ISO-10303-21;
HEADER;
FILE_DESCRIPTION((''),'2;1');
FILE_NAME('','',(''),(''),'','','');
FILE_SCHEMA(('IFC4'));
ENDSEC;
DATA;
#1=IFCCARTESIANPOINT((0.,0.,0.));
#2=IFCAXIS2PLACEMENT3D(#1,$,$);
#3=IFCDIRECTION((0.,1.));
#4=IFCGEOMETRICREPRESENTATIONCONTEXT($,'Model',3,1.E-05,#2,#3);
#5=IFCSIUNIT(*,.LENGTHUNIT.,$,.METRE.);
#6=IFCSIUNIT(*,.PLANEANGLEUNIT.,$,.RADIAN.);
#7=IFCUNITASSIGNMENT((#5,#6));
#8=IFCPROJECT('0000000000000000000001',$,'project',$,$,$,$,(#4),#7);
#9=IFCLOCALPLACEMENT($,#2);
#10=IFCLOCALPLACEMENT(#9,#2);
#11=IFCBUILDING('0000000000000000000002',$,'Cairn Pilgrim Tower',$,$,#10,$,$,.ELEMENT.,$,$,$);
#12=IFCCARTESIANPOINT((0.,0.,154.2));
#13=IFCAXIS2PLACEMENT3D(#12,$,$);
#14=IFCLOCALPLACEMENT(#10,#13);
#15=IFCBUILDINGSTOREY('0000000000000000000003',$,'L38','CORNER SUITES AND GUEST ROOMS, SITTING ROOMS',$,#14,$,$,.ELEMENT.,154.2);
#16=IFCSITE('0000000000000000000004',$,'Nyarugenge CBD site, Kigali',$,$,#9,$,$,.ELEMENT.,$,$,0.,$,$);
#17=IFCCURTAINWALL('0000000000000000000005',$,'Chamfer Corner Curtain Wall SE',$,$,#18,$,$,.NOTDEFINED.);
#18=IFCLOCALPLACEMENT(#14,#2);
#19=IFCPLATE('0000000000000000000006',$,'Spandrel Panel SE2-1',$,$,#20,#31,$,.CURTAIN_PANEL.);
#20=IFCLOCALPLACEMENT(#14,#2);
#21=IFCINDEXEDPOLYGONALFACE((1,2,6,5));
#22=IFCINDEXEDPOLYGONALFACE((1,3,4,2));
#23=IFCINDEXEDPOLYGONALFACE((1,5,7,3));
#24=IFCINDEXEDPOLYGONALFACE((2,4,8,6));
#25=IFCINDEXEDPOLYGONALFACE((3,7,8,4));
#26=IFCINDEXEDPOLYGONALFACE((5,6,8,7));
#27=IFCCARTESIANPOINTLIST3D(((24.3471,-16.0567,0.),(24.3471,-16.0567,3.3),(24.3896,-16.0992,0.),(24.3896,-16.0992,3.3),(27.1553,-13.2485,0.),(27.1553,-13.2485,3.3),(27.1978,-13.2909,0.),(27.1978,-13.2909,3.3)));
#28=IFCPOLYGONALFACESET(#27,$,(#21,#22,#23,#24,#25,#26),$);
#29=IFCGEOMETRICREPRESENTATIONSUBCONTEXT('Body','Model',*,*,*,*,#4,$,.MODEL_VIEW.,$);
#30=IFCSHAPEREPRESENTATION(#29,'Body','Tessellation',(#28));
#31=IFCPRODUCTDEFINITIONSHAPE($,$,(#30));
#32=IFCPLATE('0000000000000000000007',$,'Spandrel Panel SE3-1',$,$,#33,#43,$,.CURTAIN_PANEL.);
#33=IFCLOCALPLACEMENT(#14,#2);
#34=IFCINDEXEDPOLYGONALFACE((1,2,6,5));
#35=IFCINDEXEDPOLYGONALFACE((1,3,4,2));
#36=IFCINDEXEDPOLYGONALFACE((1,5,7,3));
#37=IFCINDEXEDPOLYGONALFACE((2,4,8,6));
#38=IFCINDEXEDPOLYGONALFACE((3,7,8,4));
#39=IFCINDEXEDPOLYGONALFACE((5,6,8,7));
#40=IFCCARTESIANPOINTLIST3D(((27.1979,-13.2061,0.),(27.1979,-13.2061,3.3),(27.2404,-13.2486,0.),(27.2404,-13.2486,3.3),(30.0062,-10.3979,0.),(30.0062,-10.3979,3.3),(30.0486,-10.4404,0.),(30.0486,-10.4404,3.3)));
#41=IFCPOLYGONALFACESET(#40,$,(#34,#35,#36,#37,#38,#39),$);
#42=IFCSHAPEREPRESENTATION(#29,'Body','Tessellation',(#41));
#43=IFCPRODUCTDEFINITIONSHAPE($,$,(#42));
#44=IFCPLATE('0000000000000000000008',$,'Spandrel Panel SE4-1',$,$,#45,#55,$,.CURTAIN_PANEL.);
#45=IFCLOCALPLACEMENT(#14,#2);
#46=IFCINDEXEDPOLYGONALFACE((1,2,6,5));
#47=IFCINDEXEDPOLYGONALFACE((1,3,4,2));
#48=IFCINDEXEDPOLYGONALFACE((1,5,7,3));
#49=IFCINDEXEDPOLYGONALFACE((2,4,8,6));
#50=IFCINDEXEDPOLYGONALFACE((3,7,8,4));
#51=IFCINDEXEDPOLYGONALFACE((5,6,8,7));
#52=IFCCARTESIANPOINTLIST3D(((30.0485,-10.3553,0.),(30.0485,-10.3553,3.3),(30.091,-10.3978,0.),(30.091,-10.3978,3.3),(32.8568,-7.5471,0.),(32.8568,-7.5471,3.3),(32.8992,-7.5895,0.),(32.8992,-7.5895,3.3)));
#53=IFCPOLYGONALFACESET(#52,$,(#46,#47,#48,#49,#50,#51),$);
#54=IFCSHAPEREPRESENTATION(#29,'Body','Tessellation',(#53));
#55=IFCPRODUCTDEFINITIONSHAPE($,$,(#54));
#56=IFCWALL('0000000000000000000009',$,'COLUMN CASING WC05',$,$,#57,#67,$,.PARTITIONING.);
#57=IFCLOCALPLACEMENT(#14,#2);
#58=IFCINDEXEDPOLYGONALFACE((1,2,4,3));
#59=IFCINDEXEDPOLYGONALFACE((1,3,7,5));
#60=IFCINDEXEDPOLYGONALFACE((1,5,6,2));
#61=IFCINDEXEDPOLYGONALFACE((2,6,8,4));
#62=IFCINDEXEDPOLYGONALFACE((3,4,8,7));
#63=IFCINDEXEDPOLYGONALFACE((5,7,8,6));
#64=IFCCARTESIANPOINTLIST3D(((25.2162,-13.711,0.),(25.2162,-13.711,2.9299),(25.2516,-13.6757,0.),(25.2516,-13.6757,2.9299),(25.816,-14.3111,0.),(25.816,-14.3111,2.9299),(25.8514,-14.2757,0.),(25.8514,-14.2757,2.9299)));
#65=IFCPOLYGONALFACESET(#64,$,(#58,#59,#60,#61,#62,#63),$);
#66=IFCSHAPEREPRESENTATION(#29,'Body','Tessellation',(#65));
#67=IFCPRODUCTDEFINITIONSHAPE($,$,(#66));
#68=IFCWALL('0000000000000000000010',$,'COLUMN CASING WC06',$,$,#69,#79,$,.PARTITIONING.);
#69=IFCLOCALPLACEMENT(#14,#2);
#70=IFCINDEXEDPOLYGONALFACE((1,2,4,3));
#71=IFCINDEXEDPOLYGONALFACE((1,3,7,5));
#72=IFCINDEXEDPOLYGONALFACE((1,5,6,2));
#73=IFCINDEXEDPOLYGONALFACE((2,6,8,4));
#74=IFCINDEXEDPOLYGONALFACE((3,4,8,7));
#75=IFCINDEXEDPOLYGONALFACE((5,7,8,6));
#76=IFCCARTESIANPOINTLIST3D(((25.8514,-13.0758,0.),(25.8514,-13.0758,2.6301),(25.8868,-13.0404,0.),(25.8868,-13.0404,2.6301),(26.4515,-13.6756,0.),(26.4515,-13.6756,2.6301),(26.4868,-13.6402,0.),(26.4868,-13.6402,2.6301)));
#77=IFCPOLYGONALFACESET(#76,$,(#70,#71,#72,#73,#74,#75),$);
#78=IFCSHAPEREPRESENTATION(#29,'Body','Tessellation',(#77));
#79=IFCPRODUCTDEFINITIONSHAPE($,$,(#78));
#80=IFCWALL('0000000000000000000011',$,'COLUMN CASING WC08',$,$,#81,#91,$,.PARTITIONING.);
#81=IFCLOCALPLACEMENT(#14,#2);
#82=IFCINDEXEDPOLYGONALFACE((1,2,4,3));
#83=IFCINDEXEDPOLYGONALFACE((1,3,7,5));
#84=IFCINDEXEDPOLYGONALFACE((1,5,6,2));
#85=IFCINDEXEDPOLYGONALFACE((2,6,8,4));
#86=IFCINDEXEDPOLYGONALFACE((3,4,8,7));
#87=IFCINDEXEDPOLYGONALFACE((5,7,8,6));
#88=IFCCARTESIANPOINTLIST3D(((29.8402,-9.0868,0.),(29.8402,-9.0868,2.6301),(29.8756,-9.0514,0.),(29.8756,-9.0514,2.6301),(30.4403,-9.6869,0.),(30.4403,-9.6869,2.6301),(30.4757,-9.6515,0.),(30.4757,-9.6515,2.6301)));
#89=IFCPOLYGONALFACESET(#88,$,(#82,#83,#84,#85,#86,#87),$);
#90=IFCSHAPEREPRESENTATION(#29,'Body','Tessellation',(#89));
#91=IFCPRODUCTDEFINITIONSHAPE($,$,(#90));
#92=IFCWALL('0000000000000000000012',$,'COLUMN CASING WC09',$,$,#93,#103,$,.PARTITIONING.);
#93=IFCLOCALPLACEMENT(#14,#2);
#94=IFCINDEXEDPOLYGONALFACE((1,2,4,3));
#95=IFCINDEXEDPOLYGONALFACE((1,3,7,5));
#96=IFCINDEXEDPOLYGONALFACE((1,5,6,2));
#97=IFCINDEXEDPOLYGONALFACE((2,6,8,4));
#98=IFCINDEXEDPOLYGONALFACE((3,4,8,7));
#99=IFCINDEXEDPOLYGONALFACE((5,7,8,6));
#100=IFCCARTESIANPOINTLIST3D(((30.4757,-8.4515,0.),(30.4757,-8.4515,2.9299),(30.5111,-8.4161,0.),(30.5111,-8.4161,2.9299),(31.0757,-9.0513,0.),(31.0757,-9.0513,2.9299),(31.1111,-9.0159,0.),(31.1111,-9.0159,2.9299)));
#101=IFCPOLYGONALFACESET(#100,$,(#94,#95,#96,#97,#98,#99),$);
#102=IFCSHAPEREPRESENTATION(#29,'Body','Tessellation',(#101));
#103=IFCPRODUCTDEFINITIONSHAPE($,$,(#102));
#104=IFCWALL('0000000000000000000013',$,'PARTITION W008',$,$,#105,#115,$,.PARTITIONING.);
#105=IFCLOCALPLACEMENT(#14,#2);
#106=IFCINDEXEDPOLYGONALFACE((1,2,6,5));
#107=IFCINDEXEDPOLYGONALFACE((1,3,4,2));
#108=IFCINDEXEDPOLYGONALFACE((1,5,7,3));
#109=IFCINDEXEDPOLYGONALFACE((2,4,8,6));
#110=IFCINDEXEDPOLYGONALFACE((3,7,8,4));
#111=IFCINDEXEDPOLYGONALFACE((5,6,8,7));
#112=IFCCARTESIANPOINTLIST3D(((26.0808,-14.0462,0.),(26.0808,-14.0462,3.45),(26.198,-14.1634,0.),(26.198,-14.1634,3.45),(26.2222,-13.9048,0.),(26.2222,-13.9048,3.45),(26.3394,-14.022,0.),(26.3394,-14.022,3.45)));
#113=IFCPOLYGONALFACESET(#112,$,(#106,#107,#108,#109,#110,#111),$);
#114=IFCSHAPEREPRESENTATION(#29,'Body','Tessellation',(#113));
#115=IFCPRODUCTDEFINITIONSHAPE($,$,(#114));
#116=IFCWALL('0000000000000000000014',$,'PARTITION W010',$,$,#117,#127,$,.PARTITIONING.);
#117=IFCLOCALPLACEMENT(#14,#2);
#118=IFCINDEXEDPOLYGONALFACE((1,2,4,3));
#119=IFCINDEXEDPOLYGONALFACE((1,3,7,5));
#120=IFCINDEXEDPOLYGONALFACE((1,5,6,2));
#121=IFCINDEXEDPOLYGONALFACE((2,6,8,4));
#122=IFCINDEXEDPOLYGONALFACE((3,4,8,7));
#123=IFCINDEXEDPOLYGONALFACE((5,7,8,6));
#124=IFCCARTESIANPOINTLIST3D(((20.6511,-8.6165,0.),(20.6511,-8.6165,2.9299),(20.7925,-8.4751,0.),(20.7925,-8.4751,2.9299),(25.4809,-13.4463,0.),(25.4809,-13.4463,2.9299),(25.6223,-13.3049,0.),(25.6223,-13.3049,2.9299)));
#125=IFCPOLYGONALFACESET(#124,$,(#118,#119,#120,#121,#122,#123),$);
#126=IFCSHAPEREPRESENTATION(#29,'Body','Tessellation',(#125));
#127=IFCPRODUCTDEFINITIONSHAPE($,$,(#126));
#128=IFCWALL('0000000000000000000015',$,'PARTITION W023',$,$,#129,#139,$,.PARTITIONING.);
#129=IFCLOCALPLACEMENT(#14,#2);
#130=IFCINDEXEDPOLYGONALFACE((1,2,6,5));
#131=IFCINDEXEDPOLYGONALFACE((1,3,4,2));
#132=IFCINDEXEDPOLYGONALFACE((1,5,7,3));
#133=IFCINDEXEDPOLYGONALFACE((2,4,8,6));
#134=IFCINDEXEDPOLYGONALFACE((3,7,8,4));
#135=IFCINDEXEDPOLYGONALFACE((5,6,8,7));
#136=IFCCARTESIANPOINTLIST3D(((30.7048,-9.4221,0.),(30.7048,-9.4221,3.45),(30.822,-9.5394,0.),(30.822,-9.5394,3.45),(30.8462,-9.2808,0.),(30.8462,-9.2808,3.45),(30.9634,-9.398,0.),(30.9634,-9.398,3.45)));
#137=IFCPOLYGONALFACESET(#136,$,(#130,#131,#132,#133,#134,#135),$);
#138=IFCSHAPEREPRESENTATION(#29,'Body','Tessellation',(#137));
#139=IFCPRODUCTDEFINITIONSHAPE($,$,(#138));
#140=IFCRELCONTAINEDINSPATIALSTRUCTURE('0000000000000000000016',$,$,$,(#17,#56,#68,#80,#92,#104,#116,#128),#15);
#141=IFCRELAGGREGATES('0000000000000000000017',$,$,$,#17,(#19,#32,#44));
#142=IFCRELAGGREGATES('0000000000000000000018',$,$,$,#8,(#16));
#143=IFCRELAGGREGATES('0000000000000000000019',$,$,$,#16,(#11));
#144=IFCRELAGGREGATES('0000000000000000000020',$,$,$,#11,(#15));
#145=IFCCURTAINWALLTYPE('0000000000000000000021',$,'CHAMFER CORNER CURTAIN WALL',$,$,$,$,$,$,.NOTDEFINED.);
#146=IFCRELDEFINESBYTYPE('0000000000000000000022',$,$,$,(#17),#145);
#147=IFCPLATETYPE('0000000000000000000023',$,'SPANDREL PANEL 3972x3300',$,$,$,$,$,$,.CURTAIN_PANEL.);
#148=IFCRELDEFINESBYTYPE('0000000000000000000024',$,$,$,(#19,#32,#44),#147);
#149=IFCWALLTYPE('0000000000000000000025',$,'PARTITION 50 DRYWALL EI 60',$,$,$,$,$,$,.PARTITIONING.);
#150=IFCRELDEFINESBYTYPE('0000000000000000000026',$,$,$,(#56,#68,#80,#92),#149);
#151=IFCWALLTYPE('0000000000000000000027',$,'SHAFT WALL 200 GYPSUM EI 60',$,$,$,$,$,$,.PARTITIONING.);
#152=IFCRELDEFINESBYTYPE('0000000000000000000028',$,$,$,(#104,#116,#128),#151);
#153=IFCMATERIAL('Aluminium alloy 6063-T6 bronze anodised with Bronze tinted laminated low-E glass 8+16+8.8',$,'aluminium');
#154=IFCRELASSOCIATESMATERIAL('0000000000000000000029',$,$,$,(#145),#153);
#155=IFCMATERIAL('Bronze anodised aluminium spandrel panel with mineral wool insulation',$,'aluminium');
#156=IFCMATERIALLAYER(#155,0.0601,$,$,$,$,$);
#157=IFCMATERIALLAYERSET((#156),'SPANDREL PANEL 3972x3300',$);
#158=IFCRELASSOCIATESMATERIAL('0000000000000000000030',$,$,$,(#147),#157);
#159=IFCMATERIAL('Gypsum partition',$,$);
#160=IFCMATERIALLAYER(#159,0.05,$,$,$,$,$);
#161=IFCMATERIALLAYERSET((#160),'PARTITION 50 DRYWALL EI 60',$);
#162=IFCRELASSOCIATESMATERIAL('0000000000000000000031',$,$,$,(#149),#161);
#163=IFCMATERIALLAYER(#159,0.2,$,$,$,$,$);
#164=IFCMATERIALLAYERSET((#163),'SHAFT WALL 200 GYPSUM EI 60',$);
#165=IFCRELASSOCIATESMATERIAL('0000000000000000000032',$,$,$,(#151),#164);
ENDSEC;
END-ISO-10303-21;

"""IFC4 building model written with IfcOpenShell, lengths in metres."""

from ifc_helpers import new_model, si_unit, direction, frame, frame_2d, origin, origin_2d, place, context, subcontext, project, spatial, rectangle, extrude, material, layer, layer_set, type_object, element, aggregate, save


model = new_model("IFC4")

# Units and contexts
model_context = context("Model", 3, precision=1e-05, world=origin(), true_north=direction((0.0, 1.0)))
body_context = subcontext(model_context, "Body", "Model", "MODEL_VIEW")
ifc_project = project(units=[si_unit("LENGTHUNIT", "METRE"), si_unit("PLANEANGLEUNIT", "RADIAN")], contexts=[model_context])

# Site, building, storey
site_placement = place(None, origin())
site = spatial("IfcSite", under=ifc_project, at=site_placement, Name="Nyarugenge CBD site, Kigali", CompositionType="ELEMENT", RefElevation=0.0)
building_placement = place(site_placement, origin())
building = spatial("IfcBuilding", under=site, at=building_placement, Name="Cairn Pilgrim Tower", CompositionType="ELEMENT")
storey_placement = place(building_placement, frame((0.0, 0.0, 154.2)))
storey = spatial("IfcBuildingStorey", under=building, at=storey_placement, Name="L38", Description="CORNER SUITES AND GUEST ROOMS, SITTING ROOMS", CompositionType="ELEMENT", Elevation=154.2)

# Curtain wall
ifc_material_1 = material(Name="Aluminium alloy 6063-T6 bronze anodised with Bronze tinted laminated low-E glass 8+16+8.8", Category="aluminium")
curtain_wall_type = type_object("IfcCurtainWallType", Name="CHAMFER CORNER CURTAIN WALL", PredefinedType="NOTDEFINED", material=ifc_material_1)
curtain_wall_placement = place(storey_placement, origin())
curtain_wall = element("IfcCurtainWall", 1, at=curtain_wall_placement, inside=storey, type_object=curtain_wall_type, Name="Chamfer Corner Curtain Wall SE", PredefinedType="NOTDEFINED")

# Plates
ifc_material_2 = material(Name="Bronze anodised aluminium spandrel panel with mineral wool insulation", Category="aluminium")
ifc_layer_1 = layer(ifc_material_2, 0.0601)
ifc_layer_set_1 = layer_set([ifc_layer_1], Name="SPANDREL PANEL 3972x3300")
plate_type = type_object("IfcPlateType", Name="SPANDREL PANEL 3972x3300", PredefinedType="CURTAIN_PANEL", material=ifc_layer_set_1)
plate_1_placement = place(storey_placement, frame((25.7725, -14.6738, 0.0), z_axis=(0.0, 0.0, 1.0), x_axis=(0.707107, 0.707107, 0.0)))
plate_1 = element("IfcPlate", 2, at=plate_1_placement, type_object=plate_type, Name="Spandrel Panel SE2-1", PredefinedType="CURTAIN_PANEL", context=body_context, shape_type="SweptSolid", body=[
    extrude(rectangle(XDim=3.9714, YDim=0.0601, at=origin_2d()), origin(), (0.0, 0.0, 1.0), 3.3),
])
plate_2_placement = place(storey_placement, frame((28.6233, -11.8232, 0.0), z_axis=(0.0, 0.0, 1.0), x_axis=(0.707107, 0.707107, 0.0)))
plate_2 = element("IfcPlate", 3, at=plate_2_placement, type_object=plate_type, Name="Spandrel Panel SE3-1", PredefinedType="CURTAIN_PANEL", context=body_context, shape_type="SweptSolid", body=[
    extrude(rectangle(XDim=3.9714, YDim=0.0601, at=origin_2d()), origin(), (0.0, 0.0, 1.0), 3.3),
])
plate_3_placement = place(storey_placement, frame((31.4739, -8.9724, 0.0), z_axis=(0.0, 0.0, 1.0), x_axis=(0.707107, 0.707107, 0.0)))
plate_3 = element("IfcPlate", 4, at=plate_3_placement, type_object=plate_type, Name="Spandrel Panel SE4-1", PredefinedType="CURTAIN_PANEL", context=body_context, shape_type="SweptSolid", body=[
    extrude(rectangle(XDim=3.9714, YDim=0.0601, at=origin_2d()), origin(), (0.0, 0.0, 1.0), 3.3),
])
aggregate(curtain_wall, [plate_1, plate_2, plate_3])

# Walls
ifc_material_3 = material(Name="Gypsum partition")
ifc_layer_2 = layer(ifc_material_3, 0.05)
ifc_layer_set_2 = layer_set([ifc_layer_2], Name="PARTITION 50 DRYWALL EI 60")
wall_type_1 = type_object("IfcWallType", Name="PARTITION 50 DRYWALL EI 60", PredefinedType="PARTITIONING", material=ifc_layer_set_2)
wall_1_placement = place(storey_placement, frame((25.8337, -14.2935, 0.0), z_axis=(0.0, 0.0, 1.0), x_axis=(-0.706963, 0.707251, 0.0)))
element("IfcWall", 5, at=wall_1_placement, inside=storey, type_object=wall_type_1, Name="COLUMN CASING WC05", PredefinedType="PARTITIONING", context=body_context, shape_type="SweptSolid", body=[
    extrude(rectangle(XDim=0.8484, YDim=0.05, at=frame_2d((0.4243, 0.0))), origin(), (0.0, 0.0, 1.0), 2.9299),
])
wall_2_placement = place(storey_placement, frame((26.4692, -13.658, 0.0), z_axis=(0.0, 0.0, 1.0), x_axis=(-0.707251, 0.706963, 0.0)))
element("IfcWall", 6, at=wall_2_placement, inside=storey, type_object=wall_type_1, Name="COLUMN CASING WC06", PredefinedType="PARTITIONING", context=body_context, shape_type="SweptSolid", body=[
    extrude(rectangle(XDim=0.8484, YDim=0.05, at=frame_2d((0.4243, 0.0))), origin(), (0.0, 0.0, 1.0), 2.6301),
])
wall_3_placement = place(storey_placement, frame((30.458, -9.6692, 0.0), z_axis=(0.0, 0.0, 1.0), x_axis=(-0.707107, 0.707107, 0.0)))
element("IfcWall", 7, at=wall_3_placement, inside=storey, type_object=wall_type_1, Name="COLUMN CASING WC08", PredefinedType="PARTITIONING", context=body_context, shape_type="SweptSolid", body=[
    extrude(rectangle(XDim=0.8486, YDim=0.05, at=frame_2d((0.4243, 0.0))), origin(), (0.0, 0.0, 1.0), 2.6301),
])
wall_4_placement = place(storey_placement, frame((31.0935, -9.0337, 0.0), z_axis=(0.0, 0.0, 1.0), x_axis=(-0.707251, 0.706963, 0.0)))
element("IfcWall", 8, at=wall_4_placement, inside=storey, type_object=wall_type_1, Name="COLUMN CASING WC09", PredefinedType="PARTITIONING", context=body_context, shape_type="SweptSolid", body=[
    extrude(rectangle(XDim=0.8484, YDim=0.05, at=frame_2d((0.4243, 0.0))), origin(), (0.0, 0.0, 1.0), 2.9299),
])
ifc_layer_3 = layer(ifc_material_3, 0.2)
ifc_layer_set_3 = layer_set([ifc_layer_3], Name="SHAFT WALL 200 GYPSUM EI 60")
wall_type_2 = type_object("IfcWallType", Name="SHAFT WALL 200 GYPSUM EI 60", PredefinedType="PARTITIONING", material=ifc_layer_set_3)
wall_5_placement = place(storey_placement, frame((26.2688, -14.0928, 0.0), z_axis=(0.0, 0.0, 1.0), x_axis=(-0.707107, 0.707107, 0.0)))
element("IfcWall", 9, at=wall_5_placement, inside=storey, type_object=wall_type_2, Name="PARTITION W008", PredefinedType="PARTITIONING", context=body_context, shape_type="SweptSolid", body=[
    extrude(rectangle(XDim=0.1658, YDim=0.2, at=frame_2d((0.083, 0.0))), origin(), (0.0, 0.0, 1.0), 3.45),
])
wall_6_placement = place(storey_placement, frame((25.5515, -13.3755, 0.0), z_axis=(0.0, 0.0, 1.0), x_axis=(-0.707107, 0.707107, 0.0)))
element("IfcWall", 10, at=wall_6_placement, inside=storey, type_object=wall_type_2, Name="PARTITION W010", PredefinedType="PARTITIONING", context=body_context, shape_type="SweptSolid", body=[
    extrude(rectangle(XDim=6.8303, YDim=0.2, at=frame_2d((3.415, 0.0))), origin(), (0.0, 0.0, 1.0), 2.9299),
])
wall_7_placement = place(storey_placement, frame((30.8928, -9.4688, 0.0), z_axis=(0.0, 0.0, 1.0), x_axis=(-0.707107, 0.707107, 0.0)))
element("IfcWall", 11, at=wall_7_placement, inside=storey, type_object=wall_type_2, Name="PARTITION W023", PredefinedType="PARTITIONING", context=body_context, shape_type="SweptSolid", body=[
    extrude(rectangle(XDim=0.1658, YDim=0.2, at=frame_2d((0.083, 0.0))), origin(), (0.0, 0.0, 1.0), 3.45),
])

save(model, "model.ifc")
